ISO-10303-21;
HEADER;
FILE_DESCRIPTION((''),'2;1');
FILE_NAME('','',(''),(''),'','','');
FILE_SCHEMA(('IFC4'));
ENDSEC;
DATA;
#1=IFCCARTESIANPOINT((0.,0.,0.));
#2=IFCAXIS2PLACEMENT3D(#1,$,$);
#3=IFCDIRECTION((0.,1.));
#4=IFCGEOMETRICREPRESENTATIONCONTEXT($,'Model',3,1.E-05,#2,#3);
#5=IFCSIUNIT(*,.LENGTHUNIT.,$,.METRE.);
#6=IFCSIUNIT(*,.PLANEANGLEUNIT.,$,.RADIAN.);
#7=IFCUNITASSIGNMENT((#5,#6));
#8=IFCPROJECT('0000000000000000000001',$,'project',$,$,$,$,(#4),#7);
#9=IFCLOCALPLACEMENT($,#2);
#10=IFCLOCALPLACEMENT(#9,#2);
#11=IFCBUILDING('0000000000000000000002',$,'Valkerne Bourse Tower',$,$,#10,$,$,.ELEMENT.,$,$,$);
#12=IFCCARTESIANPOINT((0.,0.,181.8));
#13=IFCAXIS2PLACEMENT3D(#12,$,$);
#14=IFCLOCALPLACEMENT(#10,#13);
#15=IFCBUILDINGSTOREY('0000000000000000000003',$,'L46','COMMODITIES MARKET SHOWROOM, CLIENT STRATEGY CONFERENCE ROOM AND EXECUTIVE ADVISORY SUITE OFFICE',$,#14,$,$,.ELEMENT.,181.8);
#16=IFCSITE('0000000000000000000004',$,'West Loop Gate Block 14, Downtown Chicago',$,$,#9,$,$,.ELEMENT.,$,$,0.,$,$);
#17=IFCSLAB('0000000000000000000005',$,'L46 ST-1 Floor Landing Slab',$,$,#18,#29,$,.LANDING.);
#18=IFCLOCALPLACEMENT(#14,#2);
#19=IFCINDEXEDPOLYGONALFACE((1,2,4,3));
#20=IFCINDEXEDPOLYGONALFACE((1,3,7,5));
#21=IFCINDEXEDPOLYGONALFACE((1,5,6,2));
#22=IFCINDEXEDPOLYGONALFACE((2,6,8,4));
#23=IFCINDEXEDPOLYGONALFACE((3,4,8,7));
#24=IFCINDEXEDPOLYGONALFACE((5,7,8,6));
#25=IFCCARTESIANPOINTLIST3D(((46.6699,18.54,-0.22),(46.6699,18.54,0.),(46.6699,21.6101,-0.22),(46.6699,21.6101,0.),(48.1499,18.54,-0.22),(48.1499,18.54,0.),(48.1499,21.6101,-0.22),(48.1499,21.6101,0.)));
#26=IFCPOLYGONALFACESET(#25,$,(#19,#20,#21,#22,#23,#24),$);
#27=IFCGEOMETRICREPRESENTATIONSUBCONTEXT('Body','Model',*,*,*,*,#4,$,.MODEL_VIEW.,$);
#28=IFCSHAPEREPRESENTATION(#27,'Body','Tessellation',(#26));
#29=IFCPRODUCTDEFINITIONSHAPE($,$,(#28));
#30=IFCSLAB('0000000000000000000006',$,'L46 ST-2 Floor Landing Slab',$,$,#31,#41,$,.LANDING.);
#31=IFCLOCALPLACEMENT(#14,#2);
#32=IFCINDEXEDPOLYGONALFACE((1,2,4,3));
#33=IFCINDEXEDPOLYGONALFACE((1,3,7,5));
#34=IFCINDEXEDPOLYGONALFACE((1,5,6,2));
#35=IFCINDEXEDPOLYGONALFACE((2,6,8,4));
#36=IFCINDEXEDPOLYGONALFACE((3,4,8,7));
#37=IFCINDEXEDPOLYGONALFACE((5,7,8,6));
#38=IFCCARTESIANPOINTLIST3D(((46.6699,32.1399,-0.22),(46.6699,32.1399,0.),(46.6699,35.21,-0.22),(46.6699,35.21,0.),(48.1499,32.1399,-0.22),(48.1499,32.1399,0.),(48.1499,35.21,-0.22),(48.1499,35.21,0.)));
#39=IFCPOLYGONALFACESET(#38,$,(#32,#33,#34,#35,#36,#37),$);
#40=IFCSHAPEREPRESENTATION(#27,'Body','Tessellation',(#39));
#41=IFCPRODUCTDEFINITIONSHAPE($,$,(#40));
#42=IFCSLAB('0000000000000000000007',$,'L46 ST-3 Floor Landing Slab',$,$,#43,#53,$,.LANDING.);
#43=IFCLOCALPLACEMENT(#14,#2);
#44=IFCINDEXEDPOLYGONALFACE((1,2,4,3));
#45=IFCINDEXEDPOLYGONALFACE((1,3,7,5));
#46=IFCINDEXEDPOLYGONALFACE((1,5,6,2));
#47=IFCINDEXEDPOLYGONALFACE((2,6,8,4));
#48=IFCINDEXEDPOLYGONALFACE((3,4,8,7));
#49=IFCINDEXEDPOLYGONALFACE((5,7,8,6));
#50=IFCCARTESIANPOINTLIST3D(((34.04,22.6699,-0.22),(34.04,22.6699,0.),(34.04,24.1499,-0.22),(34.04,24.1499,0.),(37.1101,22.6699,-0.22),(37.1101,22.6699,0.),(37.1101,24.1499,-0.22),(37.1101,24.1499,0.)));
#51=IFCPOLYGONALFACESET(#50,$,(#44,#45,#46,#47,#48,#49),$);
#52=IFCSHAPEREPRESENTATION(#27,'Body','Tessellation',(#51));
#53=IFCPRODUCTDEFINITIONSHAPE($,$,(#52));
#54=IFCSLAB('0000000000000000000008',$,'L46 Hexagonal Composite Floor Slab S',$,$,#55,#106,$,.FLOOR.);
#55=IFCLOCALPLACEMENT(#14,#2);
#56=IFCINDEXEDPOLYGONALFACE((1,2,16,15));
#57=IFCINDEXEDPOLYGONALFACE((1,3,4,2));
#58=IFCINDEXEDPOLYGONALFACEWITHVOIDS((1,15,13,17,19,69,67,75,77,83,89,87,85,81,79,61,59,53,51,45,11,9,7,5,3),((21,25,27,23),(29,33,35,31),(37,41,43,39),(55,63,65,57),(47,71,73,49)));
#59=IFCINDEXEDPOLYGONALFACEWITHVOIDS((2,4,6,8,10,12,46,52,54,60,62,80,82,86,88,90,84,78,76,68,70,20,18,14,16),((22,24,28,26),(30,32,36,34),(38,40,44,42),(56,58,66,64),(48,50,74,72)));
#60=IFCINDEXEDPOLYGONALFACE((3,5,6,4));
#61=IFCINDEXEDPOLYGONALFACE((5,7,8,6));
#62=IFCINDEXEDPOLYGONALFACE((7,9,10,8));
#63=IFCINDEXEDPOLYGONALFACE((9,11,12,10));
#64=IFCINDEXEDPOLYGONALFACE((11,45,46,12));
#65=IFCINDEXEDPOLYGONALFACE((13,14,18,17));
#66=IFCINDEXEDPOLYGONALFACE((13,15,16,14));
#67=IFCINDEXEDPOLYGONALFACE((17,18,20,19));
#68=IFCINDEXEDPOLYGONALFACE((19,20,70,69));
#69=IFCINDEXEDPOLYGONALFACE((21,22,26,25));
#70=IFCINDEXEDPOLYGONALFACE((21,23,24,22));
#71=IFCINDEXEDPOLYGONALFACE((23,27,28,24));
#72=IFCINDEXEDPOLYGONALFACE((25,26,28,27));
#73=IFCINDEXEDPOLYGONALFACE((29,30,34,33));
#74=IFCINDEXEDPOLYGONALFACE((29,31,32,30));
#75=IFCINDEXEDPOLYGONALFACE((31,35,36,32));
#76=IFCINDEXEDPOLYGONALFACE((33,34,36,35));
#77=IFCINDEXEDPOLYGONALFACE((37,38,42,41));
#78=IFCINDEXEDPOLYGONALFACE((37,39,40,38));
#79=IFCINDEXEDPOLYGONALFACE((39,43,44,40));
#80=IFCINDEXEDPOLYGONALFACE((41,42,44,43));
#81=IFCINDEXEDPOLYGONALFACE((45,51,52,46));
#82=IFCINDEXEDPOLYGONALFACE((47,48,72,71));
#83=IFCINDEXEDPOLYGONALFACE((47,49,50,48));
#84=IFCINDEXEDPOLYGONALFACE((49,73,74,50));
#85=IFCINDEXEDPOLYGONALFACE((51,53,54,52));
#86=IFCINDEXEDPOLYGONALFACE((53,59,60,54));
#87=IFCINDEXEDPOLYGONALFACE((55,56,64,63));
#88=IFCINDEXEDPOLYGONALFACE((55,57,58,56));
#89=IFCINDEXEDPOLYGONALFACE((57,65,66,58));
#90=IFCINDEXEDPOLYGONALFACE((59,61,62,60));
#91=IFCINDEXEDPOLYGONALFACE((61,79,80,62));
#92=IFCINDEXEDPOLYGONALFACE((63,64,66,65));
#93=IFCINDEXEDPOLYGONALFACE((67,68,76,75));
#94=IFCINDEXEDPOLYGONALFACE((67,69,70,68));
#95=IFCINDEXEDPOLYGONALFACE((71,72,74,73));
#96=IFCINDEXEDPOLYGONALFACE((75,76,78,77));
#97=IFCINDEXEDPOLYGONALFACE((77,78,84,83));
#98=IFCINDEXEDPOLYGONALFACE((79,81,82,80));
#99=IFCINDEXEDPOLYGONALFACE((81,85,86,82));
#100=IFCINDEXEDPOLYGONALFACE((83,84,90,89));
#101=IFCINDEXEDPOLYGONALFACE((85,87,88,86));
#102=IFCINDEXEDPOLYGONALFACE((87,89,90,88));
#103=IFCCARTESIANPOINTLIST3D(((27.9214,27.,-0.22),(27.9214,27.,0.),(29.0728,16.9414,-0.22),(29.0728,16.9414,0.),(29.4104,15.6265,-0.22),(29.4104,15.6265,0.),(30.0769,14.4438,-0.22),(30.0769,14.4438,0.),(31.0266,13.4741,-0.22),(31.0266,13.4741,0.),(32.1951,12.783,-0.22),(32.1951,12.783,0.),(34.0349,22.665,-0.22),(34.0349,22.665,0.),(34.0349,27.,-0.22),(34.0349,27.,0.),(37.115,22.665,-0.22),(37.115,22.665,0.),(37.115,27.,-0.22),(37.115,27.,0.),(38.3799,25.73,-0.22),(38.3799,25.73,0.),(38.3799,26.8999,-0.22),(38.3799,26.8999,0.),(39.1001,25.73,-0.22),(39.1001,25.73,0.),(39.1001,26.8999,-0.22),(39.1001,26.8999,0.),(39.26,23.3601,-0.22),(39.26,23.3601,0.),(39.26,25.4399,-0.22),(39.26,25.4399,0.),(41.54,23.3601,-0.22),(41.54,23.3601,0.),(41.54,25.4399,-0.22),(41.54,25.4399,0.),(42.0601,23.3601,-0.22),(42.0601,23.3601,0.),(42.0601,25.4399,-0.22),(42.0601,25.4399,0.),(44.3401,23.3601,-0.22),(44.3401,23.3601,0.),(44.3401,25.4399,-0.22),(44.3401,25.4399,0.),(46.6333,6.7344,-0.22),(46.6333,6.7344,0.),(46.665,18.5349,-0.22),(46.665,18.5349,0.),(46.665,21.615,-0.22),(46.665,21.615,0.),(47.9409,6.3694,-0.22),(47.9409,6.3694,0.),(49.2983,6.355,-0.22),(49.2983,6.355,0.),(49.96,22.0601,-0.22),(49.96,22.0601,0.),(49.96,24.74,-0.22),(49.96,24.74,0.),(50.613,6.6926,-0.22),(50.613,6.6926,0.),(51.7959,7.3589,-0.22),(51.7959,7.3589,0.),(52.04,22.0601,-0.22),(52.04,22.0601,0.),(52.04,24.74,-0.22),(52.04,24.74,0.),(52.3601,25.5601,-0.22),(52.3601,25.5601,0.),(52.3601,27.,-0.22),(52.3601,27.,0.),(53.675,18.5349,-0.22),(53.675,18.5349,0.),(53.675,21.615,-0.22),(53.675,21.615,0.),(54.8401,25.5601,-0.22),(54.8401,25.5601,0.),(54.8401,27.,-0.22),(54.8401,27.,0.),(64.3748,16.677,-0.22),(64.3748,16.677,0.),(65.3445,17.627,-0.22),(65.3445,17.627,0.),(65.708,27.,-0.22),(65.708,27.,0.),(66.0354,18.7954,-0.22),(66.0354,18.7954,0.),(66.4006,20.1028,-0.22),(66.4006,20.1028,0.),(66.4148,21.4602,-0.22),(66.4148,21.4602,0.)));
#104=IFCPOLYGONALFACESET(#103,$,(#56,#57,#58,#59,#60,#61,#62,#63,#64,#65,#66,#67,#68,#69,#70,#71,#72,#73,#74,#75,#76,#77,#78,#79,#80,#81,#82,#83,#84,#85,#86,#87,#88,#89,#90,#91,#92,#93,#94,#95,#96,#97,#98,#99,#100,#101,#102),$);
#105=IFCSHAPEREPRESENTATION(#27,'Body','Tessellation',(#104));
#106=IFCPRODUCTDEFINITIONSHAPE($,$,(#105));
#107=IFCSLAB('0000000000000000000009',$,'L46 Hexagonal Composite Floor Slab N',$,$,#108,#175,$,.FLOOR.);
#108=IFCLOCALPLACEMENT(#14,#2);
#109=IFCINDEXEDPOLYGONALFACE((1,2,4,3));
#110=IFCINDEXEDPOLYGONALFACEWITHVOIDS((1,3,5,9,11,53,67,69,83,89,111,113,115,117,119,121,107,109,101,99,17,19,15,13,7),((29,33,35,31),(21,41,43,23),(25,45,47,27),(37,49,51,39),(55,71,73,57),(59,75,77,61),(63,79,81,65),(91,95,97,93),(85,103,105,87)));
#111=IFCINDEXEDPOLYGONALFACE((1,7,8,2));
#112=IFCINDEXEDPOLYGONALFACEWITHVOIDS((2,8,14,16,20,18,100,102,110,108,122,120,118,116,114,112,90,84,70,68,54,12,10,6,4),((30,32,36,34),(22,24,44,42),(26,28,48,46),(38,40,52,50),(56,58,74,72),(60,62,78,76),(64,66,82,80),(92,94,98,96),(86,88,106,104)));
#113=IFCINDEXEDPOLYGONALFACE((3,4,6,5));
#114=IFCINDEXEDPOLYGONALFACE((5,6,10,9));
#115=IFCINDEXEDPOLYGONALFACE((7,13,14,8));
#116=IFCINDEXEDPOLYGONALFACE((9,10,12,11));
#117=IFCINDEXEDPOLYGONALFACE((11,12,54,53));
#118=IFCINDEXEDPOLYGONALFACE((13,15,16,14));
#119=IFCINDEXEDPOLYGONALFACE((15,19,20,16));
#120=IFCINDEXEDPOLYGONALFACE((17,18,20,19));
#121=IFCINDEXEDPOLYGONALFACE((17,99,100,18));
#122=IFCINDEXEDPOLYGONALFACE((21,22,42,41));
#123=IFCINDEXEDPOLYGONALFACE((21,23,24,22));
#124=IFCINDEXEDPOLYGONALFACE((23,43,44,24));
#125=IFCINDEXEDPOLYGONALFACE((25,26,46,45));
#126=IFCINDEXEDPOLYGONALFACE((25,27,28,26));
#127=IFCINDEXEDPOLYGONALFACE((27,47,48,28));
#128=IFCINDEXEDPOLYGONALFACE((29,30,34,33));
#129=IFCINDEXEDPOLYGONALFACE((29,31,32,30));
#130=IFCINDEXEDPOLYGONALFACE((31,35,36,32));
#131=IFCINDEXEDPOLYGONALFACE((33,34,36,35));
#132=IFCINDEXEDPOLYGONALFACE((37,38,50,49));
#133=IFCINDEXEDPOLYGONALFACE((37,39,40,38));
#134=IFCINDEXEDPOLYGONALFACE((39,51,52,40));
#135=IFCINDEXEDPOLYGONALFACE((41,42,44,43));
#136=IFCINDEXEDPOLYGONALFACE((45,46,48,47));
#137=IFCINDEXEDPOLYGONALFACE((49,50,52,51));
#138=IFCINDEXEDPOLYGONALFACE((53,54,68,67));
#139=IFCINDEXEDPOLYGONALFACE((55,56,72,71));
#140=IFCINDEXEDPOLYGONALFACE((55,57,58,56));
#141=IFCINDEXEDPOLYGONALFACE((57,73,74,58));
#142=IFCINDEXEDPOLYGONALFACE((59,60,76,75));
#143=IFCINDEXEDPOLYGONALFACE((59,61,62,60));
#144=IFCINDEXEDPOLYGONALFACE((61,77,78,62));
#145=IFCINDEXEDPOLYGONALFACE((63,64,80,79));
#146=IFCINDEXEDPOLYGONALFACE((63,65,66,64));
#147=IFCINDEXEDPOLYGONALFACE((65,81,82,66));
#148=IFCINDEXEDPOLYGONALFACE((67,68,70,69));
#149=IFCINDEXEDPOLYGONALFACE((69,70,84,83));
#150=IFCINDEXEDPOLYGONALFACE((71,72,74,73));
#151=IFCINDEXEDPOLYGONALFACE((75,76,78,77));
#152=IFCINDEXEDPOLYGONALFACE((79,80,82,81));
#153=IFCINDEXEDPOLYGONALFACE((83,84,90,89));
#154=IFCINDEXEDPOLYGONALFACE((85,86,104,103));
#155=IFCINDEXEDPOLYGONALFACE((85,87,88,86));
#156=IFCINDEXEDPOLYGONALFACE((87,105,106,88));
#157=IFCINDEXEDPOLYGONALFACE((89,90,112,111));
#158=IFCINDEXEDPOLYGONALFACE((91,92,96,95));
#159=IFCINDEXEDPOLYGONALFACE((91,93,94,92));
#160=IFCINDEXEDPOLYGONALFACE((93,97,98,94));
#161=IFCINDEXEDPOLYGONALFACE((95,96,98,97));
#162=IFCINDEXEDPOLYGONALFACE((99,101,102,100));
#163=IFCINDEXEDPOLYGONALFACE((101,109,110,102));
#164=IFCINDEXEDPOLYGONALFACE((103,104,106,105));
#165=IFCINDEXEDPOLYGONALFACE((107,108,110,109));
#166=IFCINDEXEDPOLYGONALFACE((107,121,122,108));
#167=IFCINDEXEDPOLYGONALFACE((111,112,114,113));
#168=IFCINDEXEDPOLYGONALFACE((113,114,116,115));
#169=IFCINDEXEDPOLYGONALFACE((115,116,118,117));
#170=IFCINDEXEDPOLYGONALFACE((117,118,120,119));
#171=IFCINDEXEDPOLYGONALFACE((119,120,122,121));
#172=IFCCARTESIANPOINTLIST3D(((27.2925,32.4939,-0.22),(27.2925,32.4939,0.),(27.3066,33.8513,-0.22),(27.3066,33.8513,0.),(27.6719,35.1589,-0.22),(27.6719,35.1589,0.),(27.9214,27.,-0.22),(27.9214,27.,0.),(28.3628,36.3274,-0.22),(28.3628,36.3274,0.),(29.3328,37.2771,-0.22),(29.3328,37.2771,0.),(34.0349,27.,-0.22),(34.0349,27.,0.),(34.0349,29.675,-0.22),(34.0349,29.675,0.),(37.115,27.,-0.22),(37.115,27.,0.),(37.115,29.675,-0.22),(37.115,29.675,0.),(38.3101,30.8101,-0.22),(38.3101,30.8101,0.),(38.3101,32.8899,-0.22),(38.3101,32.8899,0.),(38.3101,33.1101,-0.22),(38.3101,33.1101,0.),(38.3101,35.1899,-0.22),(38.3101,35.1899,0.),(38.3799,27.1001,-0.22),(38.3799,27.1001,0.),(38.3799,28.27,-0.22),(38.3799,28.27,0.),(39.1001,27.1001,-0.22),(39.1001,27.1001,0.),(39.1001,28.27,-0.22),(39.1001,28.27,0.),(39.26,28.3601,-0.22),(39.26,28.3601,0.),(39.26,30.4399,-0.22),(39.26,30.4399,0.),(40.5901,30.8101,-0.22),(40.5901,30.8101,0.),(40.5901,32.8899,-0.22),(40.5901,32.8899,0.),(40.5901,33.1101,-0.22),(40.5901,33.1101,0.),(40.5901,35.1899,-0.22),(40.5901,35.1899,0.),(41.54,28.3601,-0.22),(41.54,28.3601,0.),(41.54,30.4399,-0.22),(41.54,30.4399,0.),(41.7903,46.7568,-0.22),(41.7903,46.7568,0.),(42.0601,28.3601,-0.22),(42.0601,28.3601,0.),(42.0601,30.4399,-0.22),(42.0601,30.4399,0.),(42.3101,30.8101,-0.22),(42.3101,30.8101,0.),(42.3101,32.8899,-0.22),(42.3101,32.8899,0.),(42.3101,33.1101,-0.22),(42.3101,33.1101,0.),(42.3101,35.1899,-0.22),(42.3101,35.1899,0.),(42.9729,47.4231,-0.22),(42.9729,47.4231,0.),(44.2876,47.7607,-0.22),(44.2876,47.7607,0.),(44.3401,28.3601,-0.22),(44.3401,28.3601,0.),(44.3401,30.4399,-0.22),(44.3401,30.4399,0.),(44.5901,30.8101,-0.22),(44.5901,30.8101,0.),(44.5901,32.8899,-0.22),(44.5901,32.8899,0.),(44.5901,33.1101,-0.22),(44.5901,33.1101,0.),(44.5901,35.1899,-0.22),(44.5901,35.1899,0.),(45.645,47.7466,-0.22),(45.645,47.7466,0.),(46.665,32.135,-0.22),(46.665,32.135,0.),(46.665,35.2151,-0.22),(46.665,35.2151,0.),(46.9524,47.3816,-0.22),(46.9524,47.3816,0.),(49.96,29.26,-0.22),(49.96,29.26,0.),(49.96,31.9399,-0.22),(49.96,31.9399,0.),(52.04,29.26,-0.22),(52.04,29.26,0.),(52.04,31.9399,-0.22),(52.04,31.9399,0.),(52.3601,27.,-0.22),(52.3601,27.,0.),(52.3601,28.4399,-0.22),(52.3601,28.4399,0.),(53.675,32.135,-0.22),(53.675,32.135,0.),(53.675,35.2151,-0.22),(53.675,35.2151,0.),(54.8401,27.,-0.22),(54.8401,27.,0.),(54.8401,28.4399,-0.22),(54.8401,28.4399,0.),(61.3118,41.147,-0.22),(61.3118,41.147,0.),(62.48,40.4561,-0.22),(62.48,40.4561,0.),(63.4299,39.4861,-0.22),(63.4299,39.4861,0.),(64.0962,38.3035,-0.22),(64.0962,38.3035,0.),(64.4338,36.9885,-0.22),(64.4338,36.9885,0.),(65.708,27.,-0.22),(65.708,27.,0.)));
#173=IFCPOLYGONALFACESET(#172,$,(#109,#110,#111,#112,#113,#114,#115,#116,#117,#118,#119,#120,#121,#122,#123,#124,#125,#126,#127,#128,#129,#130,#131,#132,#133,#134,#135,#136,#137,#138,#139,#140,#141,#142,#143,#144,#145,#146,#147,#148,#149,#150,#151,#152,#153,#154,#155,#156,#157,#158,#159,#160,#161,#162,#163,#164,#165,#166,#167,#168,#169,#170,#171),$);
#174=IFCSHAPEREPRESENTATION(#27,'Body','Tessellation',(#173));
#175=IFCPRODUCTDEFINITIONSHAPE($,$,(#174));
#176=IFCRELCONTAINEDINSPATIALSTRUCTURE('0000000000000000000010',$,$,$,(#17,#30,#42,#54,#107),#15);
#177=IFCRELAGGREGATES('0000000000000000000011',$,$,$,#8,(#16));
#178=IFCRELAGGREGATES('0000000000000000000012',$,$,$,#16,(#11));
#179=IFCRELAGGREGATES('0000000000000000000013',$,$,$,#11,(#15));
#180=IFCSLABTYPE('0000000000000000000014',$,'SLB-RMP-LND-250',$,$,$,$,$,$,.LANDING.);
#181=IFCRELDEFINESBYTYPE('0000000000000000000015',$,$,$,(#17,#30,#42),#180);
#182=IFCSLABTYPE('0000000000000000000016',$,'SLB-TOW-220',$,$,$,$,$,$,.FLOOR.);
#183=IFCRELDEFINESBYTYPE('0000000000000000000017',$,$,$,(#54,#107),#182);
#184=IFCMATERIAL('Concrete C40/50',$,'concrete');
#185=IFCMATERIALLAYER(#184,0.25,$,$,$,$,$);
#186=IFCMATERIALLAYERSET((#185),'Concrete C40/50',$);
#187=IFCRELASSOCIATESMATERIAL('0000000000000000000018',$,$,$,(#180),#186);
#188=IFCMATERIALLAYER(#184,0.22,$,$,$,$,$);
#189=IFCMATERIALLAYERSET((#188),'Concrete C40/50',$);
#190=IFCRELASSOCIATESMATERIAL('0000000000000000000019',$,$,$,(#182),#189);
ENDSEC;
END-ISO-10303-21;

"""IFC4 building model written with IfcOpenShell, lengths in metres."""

from ifc_helpers import new_model, si_unit, direction, frame, origin, place, context, subcontext, project, spatial, polyline, outline, extrude, material, layer, layer_set, type_object, element, save


model = new_model("IFC4")

# Units and contexts
model_context = context("Model", 3, precision=1e-05, world=origin(), true_north=direction((0.0, 1.0)))
body_context = subcontext(model_context, "Body", "Model", "MODEL_VIEW")
ifc_project = project(units=[si_unit("LENGTHUNIT", "METRE"), si_unit("PLANEANGLEUNIT", "RADIAN")], contexts=[model_context])

# Site, building, storey
site_placement = place(None, origin())
site = spatial("IfcSite", under=ifc_project, at=site_placement, Name="West Loop Gate Block 14, Downtown Chicago", CompositionType="ELEMENT", RefElevation=0.0)
building_placement = place(site_placement, origin())
building = spatial("IfcBuilding", under=site, at=building_placement, Name="Valkerne Bourse Tower", CompositionType="ELEMENT")
storey_placement = place(building_placement, frame((0.0, 0.0, 181.8)))
storey = spatial("IfcBuildingStorey", under=building, at=storey_placement, Name="L46", Description="COMMODITIES MARKET SHOWROOM, CLIENT STRATEGY CONFERENCE ROOM AND EXECUTIVE ADVISORY SUITE OFFICE", CompositionType="ELEMENT", Elevation=181.8)

# Slabs
ifc_material_1 = material(Name="Concrete C40/50", Category="concrete")
ifc_layer_1 = layer(ifc_material_1, 0.25)
ifc_layer_set_1 = layer_set([ifc_layer_1], Name="Concrete C40/50")
slab_type_1 = type_object("IfcSlabType", Name="SLB-RMP-LND-250", PredefinedType="LANDING", material=ifc_layer_set_1)
slab_1_placement = place(storey_placement, frame((0.0, 0.0, -0.22)))
element("IfcSlab", 1, at=slab_1_placement, inside=storey, type_object=slab_type_1, Name="L46 ST-1 Floor Landing Slab", PredefinedType="LANDING", context=body_context, shape_type="SweptSolid", body=[
    extrude(outline(polyline([(46.6699, 18.54), (48.1499, 18.54), (48.1499, 21.6101), (46.6699, 21.6101), (46.6699, 18.54)])), origin(), (0.0, 0.0, 1.0), 0.22),
])
slab_2_placement = place(storey_placement, frame((0.0, 0.0, -0.22)))
element("IfcSlab", 2, at=slab_2_placement, inside=storey, type_object=slab_type_1, Name="L46 ST-2 Floor Landing Slab", PredefinedType="LANDING", context=body_context, shape_type="SweptSolid", body=[
    extrude(outline(polyline([(46.6699, 32.1399), (48.1499, 32.1399), (48.1499, 35.21), (46.6699, 35.21), (46.6699, 32.1399)])), origin(), (0.0, 0.0, 1.0), 0.22),
])
slab_3_placement = place(storey_placement, frame((0.0, 0.0, -0.22)))
element("IfcSlab", 3, at=slab_3_placement, inside=storey, type_object=slab_type_1, Name="L46 ST-3 Floor Landing Slab", PredefinedType="LANDING", context=body_context, shape_type="SweptSolid", body=[
    extrude(outline(polyline([(37.1101, 22.6699), (37.1101, 24.1499), (34.04, 24.1499), (34.04, 22.6699), (37.1101, 22.6699)])), origin(), (0.0, 0.0, 1.0), 0.22),
])
ifc_layer_2 = layer(ifc_material_1, 0.22)
ifc_layer_set_2 = layer_set([ifc_layer_2], Name="Concrete C40/50")
slab_type_2 = type_object("IfcSlabType", Name="SLB-TOW-220", PredefinedType="FLOOR", material=ifc_layer_set_2)
slab_4_placement = place(storey_placement, frame((0.0, 0.0, -0.22)))
element("IfcSlab", 4, at=slab_4_placement, inside=storey, type_object=slab_type_2, Name="L46 Hexagonal Composite Floor Slab S", PredefinedType="FLOOR", context=body_context, shape_type="SweptSolid", body=[
    extrude(outline(polyline([(66.4006, 20.1028), (66.0354, 18.7954), (65.3445, 17.627), (64.3748, 16.677), (51.7959, 7.3589), (50.613, 6.6926), (49.2983, 6.355), (47.9409, 6.3694), (46.6333, 6.7344), (32.1951, 12.783), (31.0266, 13.4741), (30.0769, 14.4438), (29.4104, 15.6265), (29.0728, 16.9414), (27.9214, 27.0), (34.0349, 27.0), (34.0349, 22.665), (37.115, 22.665), (37.115, 27.0), (52.3601, 27.0), (52.3601, 25.5601), (54.8401, 25.5601), (54.8401, 27.0), (65.708, 27.0), (66.4148, 21.4602), (66.4006, 20.1028)]), holes=[polyline([(41.54, 25.4399), (39.26, 25.4399), (39.26, 23.3601), (41.54, 23.3601), (41.54, 25.4399)]), polyline([(44.3401, 25.4399), (42.0601, 25.4399), (42.0601, 23.3601), (44.3401, 23.3601), (44.3401, 25.4399)]), polyline([(39.1001, 26.8999), (38.3799, 26.8999), (38.3799, 25.73), (39.1001, 25.73), (39.1001, 26.8999)]), polyline([(53.675, 21.615), (46.665, 21.615), (46.665, 18.5349), (53.675, 18.5349), (53.675, 21.615)]), polyline([(52.04, 24.74), (49.96, 24.74), (49.96, 22.0601), (52.04, 22.0601), (52.04, 24.74)])]), origin(), (0.0, 0.0, 1.0), 0.22),
])
slab_5_placement = place(storey_placement, frame((0.0, 0.0, -0.22)))
element("IfcSlab", 5, at=slab_5_placement, inside=storey, type_object=slab_type_2, Name="L46 Hexagonal Composite Floor Slab N", PredefinedType="FLOOR", context=body_context, shape_type="SweptSolid", body=[
    extrude(outline(polyline([(27.2925, 32.4939), (27.3066, 33.8513), (27.6719, 35.1589), (28.3628, 36.3274), (29.3328, 37.2771), (41.7903, 46.7568), (42.9729, 47.4231), (44.2876, 47.7607), (45.645, 47.7466), (46.9524, 47.3816), (61.3118, 41.147), (62.48, 40.4561), (63.4299, 39.4861), (64.0962, 38.3035), (64.4338, 36.9885), (65.708, 27.0), (54.8401, 27.0), (54.8401, 28.4399), (52.3601, 28.4399), (52.3601, 27.0), (37.115, 27.0), (37.115, 29.675), (34.0349, 29.675), (34.0349, 27.0), (27.9214, 27.0), (27.2925, 32.4939)]), holes=[polyline([(39.1001, 28.27), (38.3799, 28.27), (38.3799, 27.1001), (39.1001, 27.1001), (39.1001, 28.27)]), polyline([(41.54, 30.4399), (39.26, 30.4399), (39.26, 28.3601), (41.54, 28.3601), (41.54, 30.4399)]), polyline([(40.5901, 32.8899), (38.3101, 32.8899), (38.3101, 30.8101), (40.5901, 30.8101), (40.5901, 32.8899)]), polyline([(40.5901, 35.1899), (38.3101, 35.1899), (38.3101, 33.1101), (40.5901, 33.1101), (40.5901, 35.1899)]), polyline([(44.3401, 30.4399), (42.0601, 30.4399), (42.0601, 28.3601), (44.3401, 28.3601), (44.3401, 30.4399)]), polyline([(52.04, 31.9399), (49.96, 31.9399), (49.96, 29.26), (52.04, 29.26), (52.04, 31.9399)]), polyline([(44.5901, 32.8899), (42.3101, 32.8899), (42.3101, 30.8101), (44.5901, 30.8101), (44.5901, 32.8899)]), polyline([(53.675, 35.2151), (46.665, 35.2151), (46.665, 32.135), (53.675, 32.135), (53.675, 35.2151)]), polyline([(44.5901, 35.1899), (42.3101, 35.1899), (42.3101, 33.1101), (44.5901, 33.1101), (44.5901, 35.1899)])]), origin(), (0.0, 0.0, 1.0), 0.22),
])

save(model, "model.ifc")
